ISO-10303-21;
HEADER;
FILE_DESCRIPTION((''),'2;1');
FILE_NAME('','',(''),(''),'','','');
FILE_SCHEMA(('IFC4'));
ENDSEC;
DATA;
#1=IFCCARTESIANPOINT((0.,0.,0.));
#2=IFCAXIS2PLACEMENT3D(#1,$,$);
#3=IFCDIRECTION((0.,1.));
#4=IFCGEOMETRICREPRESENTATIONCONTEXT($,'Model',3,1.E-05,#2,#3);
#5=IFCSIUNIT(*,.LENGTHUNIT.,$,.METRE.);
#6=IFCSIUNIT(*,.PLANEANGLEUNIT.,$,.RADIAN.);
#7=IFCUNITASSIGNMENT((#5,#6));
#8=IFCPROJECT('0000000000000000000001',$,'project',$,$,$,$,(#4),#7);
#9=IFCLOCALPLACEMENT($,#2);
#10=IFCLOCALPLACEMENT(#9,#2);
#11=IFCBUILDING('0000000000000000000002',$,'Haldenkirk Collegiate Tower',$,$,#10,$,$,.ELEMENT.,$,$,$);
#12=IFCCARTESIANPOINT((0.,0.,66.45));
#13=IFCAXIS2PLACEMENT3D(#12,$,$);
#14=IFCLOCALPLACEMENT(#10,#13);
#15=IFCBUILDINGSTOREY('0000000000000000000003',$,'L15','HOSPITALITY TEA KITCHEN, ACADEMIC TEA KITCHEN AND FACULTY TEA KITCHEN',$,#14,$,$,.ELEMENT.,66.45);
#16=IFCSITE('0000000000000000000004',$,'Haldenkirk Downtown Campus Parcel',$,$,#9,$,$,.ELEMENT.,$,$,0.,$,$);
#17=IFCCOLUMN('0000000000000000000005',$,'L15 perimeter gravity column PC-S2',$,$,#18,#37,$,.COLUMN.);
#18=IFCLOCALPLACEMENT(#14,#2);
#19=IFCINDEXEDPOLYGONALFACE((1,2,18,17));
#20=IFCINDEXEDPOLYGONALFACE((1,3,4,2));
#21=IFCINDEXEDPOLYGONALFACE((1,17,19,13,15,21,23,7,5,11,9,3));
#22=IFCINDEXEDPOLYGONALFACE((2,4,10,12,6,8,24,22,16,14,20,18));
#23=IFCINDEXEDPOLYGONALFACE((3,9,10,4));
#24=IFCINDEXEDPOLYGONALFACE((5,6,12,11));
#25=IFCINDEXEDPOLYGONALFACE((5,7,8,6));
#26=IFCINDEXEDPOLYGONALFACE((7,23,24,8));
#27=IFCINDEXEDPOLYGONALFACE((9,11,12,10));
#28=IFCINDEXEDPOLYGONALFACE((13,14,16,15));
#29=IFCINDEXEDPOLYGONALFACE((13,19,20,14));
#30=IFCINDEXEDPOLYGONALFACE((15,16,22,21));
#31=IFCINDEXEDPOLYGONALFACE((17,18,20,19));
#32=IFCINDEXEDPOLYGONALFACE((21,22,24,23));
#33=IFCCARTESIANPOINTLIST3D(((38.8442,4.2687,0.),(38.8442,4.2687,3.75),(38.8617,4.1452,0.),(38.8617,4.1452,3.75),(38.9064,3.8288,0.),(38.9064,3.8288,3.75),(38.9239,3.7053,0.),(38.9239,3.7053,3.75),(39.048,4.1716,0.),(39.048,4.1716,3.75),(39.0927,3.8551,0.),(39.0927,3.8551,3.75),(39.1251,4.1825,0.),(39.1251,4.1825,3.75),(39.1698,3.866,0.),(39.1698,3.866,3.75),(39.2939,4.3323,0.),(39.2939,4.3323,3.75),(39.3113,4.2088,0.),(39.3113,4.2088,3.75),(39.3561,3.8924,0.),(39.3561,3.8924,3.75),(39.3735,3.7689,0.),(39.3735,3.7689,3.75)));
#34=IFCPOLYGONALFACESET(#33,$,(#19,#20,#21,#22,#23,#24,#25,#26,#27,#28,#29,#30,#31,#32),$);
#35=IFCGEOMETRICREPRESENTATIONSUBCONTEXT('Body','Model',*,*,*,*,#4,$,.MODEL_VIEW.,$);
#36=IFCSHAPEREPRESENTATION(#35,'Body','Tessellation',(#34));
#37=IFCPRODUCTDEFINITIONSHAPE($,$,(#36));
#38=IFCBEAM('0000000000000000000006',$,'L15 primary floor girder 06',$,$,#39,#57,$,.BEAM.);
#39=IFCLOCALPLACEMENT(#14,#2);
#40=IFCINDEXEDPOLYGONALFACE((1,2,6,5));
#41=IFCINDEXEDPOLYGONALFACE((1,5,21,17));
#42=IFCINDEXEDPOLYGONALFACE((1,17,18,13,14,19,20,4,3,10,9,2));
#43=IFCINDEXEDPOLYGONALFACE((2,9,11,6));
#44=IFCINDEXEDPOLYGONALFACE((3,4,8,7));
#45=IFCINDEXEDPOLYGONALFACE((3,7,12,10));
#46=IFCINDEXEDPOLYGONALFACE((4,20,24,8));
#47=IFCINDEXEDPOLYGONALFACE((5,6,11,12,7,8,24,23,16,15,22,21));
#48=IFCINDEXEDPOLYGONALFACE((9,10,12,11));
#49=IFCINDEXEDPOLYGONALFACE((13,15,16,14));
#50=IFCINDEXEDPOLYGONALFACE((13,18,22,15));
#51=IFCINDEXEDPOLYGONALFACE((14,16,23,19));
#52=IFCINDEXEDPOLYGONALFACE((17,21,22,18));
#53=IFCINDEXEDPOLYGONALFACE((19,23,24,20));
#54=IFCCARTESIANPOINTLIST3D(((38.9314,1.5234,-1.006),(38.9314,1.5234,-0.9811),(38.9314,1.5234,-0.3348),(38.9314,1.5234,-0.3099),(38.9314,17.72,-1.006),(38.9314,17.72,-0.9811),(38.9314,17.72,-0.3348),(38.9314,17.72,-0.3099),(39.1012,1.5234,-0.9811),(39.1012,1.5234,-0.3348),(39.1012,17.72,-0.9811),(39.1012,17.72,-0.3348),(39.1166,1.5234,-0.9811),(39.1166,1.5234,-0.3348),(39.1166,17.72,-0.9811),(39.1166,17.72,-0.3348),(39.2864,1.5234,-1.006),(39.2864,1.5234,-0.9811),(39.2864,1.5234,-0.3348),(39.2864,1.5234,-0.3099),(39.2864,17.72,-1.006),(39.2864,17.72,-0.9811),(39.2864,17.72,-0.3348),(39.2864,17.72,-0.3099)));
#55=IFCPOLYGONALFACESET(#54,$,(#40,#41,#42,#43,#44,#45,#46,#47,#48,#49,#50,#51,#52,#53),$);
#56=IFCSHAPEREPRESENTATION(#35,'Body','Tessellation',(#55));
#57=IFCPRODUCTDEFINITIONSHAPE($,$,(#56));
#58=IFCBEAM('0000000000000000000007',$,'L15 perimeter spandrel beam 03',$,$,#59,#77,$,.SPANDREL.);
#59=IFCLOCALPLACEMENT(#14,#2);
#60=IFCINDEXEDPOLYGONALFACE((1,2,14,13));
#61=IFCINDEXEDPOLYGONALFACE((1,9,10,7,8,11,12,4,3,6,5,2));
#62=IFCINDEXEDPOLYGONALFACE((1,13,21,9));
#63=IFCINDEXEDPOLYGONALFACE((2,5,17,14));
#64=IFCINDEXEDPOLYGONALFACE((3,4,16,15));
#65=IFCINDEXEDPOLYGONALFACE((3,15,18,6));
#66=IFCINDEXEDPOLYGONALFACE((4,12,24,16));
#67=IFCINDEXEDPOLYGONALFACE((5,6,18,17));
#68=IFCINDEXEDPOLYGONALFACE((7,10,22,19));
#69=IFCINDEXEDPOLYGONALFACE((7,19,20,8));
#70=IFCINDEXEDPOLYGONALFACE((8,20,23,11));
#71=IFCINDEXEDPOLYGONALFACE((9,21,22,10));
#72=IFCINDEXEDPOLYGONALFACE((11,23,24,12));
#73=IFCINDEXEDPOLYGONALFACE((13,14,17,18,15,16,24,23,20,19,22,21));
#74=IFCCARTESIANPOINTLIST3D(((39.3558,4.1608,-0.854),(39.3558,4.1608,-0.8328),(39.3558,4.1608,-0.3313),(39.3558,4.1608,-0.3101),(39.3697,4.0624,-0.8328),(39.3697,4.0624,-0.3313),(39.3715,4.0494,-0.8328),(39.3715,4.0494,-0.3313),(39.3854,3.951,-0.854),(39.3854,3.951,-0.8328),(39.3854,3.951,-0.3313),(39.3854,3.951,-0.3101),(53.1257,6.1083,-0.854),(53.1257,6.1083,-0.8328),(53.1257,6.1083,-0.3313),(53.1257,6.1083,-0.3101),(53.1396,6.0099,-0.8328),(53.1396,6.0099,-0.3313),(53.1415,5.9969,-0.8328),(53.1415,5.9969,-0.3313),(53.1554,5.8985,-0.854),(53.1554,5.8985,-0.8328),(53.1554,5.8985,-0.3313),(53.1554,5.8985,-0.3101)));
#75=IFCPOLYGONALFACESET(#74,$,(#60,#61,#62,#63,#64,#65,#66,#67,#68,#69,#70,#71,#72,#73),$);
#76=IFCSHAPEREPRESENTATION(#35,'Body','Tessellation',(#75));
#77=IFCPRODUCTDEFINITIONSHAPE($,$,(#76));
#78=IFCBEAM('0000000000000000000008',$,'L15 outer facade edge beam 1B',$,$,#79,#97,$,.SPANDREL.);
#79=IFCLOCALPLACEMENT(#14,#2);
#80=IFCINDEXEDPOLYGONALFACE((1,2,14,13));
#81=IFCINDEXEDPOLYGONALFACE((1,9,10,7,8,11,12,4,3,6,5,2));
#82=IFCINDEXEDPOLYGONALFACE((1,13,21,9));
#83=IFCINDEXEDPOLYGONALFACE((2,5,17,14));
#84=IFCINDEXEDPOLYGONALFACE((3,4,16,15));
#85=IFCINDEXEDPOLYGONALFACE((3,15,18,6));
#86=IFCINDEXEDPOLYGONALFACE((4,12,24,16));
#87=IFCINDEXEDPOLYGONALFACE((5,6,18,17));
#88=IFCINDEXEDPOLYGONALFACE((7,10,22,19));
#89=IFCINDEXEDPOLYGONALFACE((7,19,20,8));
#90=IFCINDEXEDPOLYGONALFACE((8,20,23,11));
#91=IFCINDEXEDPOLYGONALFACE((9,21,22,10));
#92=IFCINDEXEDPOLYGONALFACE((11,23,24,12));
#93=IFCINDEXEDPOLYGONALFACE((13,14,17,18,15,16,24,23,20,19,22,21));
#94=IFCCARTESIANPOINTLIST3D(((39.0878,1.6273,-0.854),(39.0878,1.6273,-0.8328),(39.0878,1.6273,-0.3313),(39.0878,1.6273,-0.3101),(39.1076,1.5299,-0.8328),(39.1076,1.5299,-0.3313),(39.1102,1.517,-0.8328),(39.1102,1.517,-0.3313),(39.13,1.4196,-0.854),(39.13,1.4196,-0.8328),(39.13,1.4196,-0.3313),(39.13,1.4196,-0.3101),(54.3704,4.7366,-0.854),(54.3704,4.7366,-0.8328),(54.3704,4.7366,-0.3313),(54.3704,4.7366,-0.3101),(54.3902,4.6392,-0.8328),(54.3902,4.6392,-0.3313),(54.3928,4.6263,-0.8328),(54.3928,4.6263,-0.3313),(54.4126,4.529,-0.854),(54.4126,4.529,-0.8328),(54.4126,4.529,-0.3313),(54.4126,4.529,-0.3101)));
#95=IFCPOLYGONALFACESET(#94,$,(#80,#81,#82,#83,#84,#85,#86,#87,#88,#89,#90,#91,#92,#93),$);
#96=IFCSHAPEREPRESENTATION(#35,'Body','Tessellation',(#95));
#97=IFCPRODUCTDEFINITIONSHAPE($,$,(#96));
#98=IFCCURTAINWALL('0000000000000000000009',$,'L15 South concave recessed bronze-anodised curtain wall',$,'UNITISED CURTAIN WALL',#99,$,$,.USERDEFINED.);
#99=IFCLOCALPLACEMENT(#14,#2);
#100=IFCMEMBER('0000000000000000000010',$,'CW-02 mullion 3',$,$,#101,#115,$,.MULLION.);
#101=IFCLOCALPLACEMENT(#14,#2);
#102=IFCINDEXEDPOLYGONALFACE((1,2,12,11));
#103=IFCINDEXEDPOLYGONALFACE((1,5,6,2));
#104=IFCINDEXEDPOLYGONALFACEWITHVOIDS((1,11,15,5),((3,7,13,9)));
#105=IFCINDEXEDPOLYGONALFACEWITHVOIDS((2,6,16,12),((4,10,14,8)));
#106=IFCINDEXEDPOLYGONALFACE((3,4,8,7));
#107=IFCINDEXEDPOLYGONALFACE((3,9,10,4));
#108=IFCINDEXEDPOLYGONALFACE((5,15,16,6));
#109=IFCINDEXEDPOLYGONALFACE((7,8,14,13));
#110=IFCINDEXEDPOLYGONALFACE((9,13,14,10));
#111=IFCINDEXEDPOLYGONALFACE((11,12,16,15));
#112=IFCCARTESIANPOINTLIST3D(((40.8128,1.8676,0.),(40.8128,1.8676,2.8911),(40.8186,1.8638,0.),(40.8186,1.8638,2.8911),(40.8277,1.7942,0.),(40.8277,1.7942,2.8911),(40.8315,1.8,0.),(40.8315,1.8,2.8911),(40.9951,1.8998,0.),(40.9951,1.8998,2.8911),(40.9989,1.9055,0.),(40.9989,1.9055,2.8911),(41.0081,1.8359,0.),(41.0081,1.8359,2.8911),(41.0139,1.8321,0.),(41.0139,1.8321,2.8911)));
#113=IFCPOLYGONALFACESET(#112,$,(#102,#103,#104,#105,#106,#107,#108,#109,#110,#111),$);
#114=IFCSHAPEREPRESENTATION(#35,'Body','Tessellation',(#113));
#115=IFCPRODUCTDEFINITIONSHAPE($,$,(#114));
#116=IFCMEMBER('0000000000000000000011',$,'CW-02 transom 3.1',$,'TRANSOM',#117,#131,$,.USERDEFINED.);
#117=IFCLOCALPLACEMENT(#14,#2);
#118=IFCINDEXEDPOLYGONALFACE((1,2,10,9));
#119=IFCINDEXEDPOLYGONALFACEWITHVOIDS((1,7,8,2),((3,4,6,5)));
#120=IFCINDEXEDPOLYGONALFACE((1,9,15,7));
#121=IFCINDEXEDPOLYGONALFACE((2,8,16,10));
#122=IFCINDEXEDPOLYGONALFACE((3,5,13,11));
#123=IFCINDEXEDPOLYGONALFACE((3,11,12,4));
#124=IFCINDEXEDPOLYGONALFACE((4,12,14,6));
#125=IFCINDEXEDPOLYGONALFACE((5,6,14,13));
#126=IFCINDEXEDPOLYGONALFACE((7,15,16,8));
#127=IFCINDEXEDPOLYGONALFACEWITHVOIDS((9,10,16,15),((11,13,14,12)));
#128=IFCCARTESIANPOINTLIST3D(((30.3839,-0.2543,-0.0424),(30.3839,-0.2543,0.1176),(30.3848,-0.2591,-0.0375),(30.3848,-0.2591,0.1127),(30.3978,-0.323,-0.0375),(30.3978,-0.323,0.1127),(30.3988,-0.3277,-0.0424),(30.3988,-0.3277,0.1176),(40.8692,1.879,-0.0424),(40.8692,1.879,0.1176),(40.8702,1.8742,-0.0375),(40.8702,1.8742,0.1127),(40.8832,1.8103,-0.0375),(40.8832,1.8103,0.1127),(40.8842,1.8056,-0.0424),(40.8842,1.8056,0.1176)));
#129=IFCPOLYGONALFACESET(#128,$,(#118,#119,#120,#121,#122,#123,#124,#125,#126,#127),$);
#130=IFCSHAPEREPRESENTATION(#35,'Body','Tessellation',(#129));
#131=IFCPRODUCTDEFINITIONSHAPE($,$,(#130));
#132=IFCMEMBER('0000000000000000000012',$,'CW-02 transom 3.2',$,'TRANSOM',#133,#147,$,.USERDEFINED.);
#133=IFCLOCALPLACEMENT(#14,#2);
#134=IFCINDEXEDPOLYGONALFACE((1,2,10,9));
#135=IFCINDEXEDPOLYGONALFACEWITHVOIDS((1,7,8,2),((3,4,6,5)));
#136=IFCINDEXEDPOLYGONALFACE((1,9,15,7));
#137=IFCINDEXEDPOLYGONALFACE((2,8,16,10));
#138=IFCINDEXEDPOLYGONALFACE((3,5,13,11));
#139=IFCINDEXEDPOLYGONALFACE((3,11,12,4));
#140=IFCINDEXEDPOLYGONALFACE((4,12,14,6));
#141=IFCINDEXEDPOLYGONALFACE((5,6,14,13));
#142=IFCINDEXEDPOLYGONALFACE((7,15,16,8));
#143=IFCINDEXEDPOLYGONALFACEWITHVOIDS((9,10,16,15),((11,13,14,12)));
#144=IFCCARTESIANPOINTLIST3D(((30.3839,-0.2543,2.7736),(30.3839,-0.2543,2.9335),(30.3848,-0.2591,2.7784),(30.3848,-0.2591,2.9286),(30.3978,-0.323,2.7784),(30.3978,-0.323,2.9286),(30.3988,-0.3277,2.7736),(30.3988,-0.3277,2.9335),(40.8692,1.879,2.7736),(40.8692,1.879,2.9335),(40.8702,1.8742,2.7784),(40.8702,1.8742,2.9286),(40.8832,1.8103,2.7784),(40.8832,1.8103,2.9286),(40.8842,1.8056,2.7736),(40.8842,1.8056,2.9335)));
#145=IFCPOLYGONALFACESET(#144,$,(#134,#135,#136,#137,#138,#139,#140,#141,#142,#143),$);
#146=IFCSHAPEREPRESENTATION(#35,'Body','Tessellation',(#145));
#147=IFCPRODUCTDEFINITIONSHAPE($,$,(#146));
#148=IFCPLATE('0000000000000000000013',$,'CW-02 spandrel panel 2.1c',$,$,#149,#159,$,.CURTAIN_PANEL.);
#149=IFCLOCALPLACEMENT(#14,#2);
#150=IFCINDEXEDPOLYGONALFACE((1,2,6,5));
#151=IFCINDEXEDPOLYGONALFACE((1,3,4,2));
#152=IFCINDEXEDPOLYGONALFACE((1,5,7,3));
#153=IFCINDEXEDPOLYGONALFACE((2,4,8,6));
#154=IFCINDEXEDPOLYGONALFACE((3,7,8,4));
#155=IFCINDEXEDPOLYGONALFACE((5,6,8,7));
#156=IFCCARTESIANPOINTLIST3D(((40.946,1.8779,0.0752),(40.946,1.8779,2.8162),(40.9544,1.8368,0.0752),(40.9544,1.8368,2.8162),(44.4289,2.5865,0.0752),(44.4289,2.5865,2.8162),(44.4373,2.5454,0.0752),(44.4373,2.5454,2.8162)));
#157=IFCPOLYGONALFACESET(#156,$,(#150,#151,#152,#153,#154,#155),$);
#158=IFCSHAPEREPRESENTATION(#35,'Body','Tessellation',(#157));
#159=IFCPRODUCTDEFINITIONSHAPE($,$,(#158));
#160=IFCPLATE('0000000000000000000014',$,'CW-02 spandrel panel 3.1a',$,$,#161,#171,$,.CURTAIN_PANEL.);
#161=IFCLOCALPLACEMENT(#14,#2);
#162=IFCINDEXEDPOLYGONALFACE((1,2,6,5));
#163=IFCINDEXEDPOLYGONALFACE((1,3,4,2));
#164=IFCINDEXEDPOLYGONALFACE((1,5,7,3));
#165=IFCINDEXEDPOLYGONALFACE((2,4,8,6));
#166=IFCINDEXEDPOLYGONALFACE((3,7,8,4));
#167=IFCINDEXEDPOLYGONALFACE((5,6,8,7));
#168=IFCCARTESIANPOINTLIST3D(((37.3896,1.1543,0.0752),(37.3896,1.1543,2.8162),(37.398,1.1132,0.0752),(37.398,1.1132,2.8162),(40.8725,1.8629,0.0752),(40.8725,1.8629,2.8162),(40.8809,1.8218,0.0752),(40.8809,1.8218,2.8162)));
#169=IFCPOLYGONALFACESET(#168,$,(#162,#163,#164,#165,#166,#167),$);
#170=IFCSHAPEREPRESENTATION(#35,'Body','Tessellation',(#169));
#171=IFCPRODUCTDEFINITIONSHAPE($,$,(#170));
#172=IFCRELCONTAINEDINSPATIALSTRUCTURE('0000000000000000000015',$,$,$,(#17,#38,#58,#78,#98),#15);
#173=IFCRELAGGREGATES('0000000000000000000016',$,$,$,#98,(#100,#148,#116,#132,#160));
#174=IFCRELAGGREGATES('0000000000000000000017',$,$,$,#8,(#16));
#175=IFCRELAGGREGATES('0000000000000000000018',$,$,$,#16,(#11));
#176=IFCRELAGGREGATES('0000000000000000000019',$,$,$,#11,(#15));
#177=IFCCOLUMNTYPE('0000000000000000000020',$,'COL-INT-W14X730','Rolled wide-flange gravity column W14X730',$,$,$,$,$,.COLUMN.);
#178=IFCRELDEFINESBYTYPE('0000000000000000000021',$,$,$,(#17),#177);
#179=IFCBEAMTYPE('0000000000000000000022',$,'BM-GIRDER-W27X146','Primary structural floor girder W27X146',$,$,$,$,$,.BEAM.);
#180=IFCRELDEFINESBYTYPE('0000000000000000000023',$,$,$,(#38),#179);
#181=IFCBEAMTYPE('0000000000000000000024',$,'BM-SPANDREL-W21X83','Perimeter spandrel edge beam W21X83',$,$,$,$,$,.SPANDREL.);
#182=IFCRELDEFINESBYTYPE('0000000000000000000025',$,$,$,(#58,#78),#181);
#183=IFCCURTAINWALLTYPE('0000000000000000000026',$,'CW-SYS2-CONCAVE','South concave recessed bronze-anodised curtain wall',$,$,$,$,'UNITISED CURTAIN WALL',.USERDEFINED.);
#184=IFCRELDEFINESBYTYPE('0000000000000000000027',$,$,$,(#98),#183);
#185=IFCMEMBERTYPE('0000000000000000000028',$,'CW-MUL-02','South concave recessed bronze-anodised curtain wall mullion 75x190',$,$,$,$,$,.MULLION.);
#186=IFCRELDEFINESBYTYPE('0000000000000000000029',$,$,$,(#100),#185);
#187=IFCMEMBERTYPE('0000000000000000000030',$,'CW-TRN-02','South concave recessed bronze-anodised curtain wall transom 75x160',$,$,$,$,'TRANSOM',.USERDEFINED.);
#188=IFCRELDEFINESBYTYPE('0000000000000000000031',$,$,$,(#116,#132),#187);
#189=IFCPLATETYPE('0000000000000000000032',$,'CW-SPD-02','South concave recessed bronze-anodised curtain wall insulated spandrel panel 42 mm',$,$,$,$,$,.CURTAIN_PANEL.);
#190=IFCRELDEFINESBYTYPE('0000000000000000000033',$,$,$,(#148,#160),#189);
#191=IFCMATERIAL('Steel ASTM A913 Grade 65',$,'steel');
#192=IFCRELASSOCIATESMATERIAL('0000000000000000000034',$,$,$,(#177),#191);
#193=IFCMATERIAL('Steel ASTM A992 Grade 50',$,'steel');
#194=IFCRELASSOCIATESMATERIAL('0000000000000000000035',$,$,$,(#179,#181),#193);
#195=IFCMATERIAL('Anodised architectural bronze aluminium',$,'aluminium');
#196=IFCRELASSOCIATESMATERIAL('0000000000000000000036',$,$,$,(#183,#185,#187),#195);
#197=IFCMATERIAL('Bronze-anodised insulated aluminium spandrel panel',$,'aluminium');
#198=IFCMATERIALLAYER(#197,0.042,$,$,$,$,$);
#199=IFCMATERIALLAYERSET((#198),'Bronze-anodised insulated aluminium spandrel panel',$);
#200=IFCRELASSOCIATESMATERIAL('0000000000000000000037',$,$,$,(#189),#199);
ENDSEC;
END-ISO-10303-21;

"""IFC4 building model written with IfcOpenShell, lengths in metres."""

from ifc_helpers import new_model, si_unit, direction, frame, origin, origin_2d, place, context, subcontext, project, spatial, rectangle, hollow_rectangle, i_section, extrude, source, transform, mapped, material, layer, layer_set, material_profile, profile_set, type_object, element, aggregate, save


model = new_model("IFC4")

# Units and contexts
model_context = context("Model", 3, precision=1e-05, world=origin(), true_north=direction((0.0, 1.0)))
body_context = subcontext(model_context, "Body", "Model", "MODEL_VIEW")
ifc_project = project(units=[si_unit("LENGTHUNIT", "METRE"), si_unit("PLANEANGLEUNIT", "RADIAN")], contexts=[model_context])

# Site, building, storey
site_placement = place(None, origin())
site = spatial("IfcSite", under=ifc_project, at=site_placement, Name="Haldenkirk Downtown Campus Parcel", CompositionType="ELEMENT", RefElevation=0.0)
building_placement = place(site_placement, origin())
building = spatial("IfcBuilding", under=site, at=building_placement, Name="Haldenkirk Collegiate Tower", CompositionType="ELEMENT")
storey_placement = place(building_placement, frame((0.0, 0.0, 66.45)))
storey = spatial("IfcBuildingStorey", under=building, at=storey_placement, Name="L15", Description="HOSPITALITY TEA KITCHEN, ACADEMIC TEA KITCHEN AND FACULTY TEA KITCHEN", CompositionType="ELEMENT", Elevation=66.45)

# Column
ifc_material_1 = material(Name="Steel ASTM A913 Grade 65", Category="steel")
ifc_material_profile_1 = material_profile(ifc_material_1, i_section(OverallWidth=0.4541, OverallDepth=0.5691, WebThickness=0.0779, FlangeThickness=0.1248, at=origin_2d()), Name="W14X730")
ifc_profile_set_1 = profile_set([ifc_material_profile_1], Name="Steel ASTM A913 Grade 65")
column_type = type_object("IfcColumnType", Name="COL-INT-W14X730", Description="Rolled wide-flange gravity column W14X730", PredefinedType="COLUMN", material=ifc_profile_set_1)
column_placement = place(storey_placement, frame((39.1089, 4.0188, 0.0), z_axis=(0.0, 0.0, 1.0), x_axis=(0.990146, 0.140037, 0.0)))
element("IfcColumn", 1, at=column_placement, inside=storey, type_object=column_type, Name="L15 perimeter gravity column PC-S2", PredefinedType="COLUMN", context=body_context, shape_type="SweptSolid", body=[
    extrude(i_section(OverallWidth=0.4541, OverallDepth=0.5691, WebThickness=0.0779, FlangeThickness=0.1248, at=origin_2d()), origin(), (0.0, 0.0, 1.0), 3.75),
])

# Beams
ifc_material_2 = material(Name="Steel ASTM A992 Grade 50", Category="steel")
ifc_material_profile_2 = material_profile(ifc_material_2, i_section(OverallWidth=0.355, OverallDepth=0.696, WebThickness=0.0154, FlangeThickness=0.0249, at=origin_2d()), Name="W27X146")
ifc_profile_set_2 = profile_set([ifc_material_profile_2], Name="Steel ASTM A992 Grade 50")
beam_type_1 = type_object("IfcBeamType", Name="BM-GIRDER-W27X146", Description="Primary structural floor girder W27X146", PredefinedType="BEAM", material=ifc_profile_set_2)
beam_1_placement = place(storey_placement, frame((39.1089, 1.5234, -0.658), z_axis=(0.0, 1.0, 0.0), x_axis=(-1.0, 0.0, 0.0)))
element("IfcBeam", 2, at=beam_1_placement, inside=storey, type_object=beam_type_1, Name="L15 primary floor girder 06", PredefinedType="BEAM", context=body_context, shape_type="SweptSolid", body=[
    extrude(i_section(OverallWidth=0.355, OverallDepth=0.696, WebThickness=0.0154, FlangeThickness=0.0249, at=origin_2d()), origin(), (0.0, 0.0, 1.0), 16.1965),
])
ifc_material_profile_3 = material_profile(ifc_material_2, i_section(OverallWidth=0.2119, OverallDepth=0.5439, WebThickness=0.0132, FlangeThickness=0.0212, at=origin_2d()), Name="W21X83")
ifc_profile_set_3 = profile_set([ifc_material_profile_3], Name="Steel ASTM A992 Grade 50")
beam_type_2 = type_object("IfcBeamType", Name="BM-SPANDREL-W21X83", Description="Perimeter spandrel edge beam W21X83", PredefinedType="SPANDREL", material=ifc_profile_set_3)
beam_2_placement = place(storey_placement, frame((39.3706, 4.0559, -0.582), z_axis=(0.990146, 0.140038, 0.0), x_axis=(-0.140038, 0.990146, 0.0)))
element("IfcBeam", 3, at=beam_2_placement, inside=storey, type_object=beam_type_2, Name="L15 perimeter spandrel beam 03", PredefinedType="SPANDREL", context=body_context, shape_type="SweptSolid", body=[
    extrude(i_section(OverallWidth=0.2119, OverallDepth=0.5439, WebThickness=0.0132, FlangeThickness=0.0212, at=origin_2d()), origin(), (0.0, 0.0, 1.0), 13.907),
])
beam_3_placement = place(storey_placement, frame((39.1089, 1.5234, -0.582), z_axis=(0.979924, 0.199372, 0.0), x_axis=(-0.199372, 0.979924, 0.0)))
element("IfcBeam", 4, at=beam_3_placement, inside=storey, type_object=beam_type_2, Name="L15 outer facade edge beam 1B", PredefinedType="SPANDREL", context=body_context, shape_type="SweptSolid", body=[
    extrude(i_section(OverallWidth=0.2119, OverallDepth=0.5439, WebThickness=0.0132, FlangeThickness=0.0212, at=origin_2d()), origin(), (0.0, 0.0, 1.0), 15.5957),
])

# Curtain wall, members, plates
ifc_material_3 = material(Name="Anodised architectural bronze aluminium", Category="aluminium")
curtain_wall_type = type_object("IfcCurtainWallType", Name="CW-SYS2-CONCAVE", Description="South concave recessed bronze-anodised curtain wall", ElementType="UNITISED CURTAIN WALL", PredefinedType="USERDEFINED", material=ifc_material_3)
curtain_wall_placement = place(storey_placement, origin())
curtain_wall = element("IfcCurtainWall", 5, at=curtain_wall_placement, inside=storey, type_object=curtain_wall_type, Name="L15 South concave recessed bronze-anodised curtain wall", ObjectType="UNITISED CURTAIN WALL", PredefinedType="USERDEFINED")
ifc_material_profile_4 = material_profile(ifc_material_3, hollow_rectangle(XDim=0.075, YDim=0.1899, WallThickness=0.0049, at=origin_2d()), Name="CW-MUL-02")
ifc_profile_set_4 = profile_set([ifc_material_profile_4], Name="Anodised architectural bronze aluminium")
member_type_1 = type_object("IfcMemberType", Name="CW-MUL-02", Description="South concave recessed bronze-anodised curtain wall mullion 75x190", PredefinedType="MULLION", material=ifc_profile_set_4)
member_1_placement = place(storey_placement, frame((40.9133, 1.8499, 0.0), z_axis=(0.0, 0.0, 1.0), x_axis=(0.199369, -0.979925, 0.0)))
member_1 = element("IfcMember", 6, at=member_1_placement, type_object=member_type_1, Name="CW-02 mullion 3", PredefinedType="MULLION", context=body_context, shape_type="SweptSolid", body=[
    extrude(hollow_rectangle(XDim=0.075, YDim=0.1899, WallThickness=0.0049, at=origin_2d()), origin(), (0.0, 0.0, 1.0), 2.8911),
])
ifc_material_profile_5 = material_profile(ifc_material_3, hollow_rectangle(XDim=0.075, YDim=0.1599, WallThickness=0.0049, at=origin_2d()), Name="CW-TRN-02")
ifc_profile_set_5 = profile_set([ifc_material_profile_5], Name="Anodised architectural bronze aluminium")
member_type_2 = type_object("IfcMemberType", Name="CW-TRN-02", Description="South concave recessed bronze-anodised curtain wall transom 75x160", ElementType="TRANSOM", PredefinedType="USERDEFINED", material=ifc_profile_set_5)
member_2_placement = place(storey_placement, frame((40.8767, 1.8423, 0.0376), z_axis=(-0.979924, -0.199371, 0.0), x_axis=(0.199371, -0.979924, 0.0)))
member_2 = element("IfcMember", 7, at=member_2_placement, type_object=member_type_2, Name="CW-02 transom 3.1", ObjectType="TRANSOM", PredefinedType="USERDEFINED", context=body_context, shape_type="SweptSolid", body=[
    extrude(hollow_rectangle(XDim=0.075, YDim=0.1599, WallThickness=0.0049, at=origin_2d()), origin(), (0.0, 0.0, 1.0), 10.7002),
])
member_3_placement = place(storey_placement, frame((40.8767, 1.8423, 2.8535), z_axis=(-0.979924, -0.199371, 0.0), x_axis=(0.199371, -0.979924, 0.0)))
member_3 = element("IfcMember", 8, at=member_3_placement, type_object=member_type_2, Name="CW-02 transom 3.2", ObjectType="TRANSOM", PredefinedType="USERDEFINED", context=body_context, shape_type="SweptSolid", body=[
    extrude(hollow_rectangle(XDim=0.075, YDim=0.1599, WallThickness=0.0049, at=origin_2d()), origin(), (0.0, 0.0, 1.0), 10.7002),
])
ifc_material_4 = material(Name="Bronze-anodised insulated aluminium spandrel panel", Category="aluminium")
ifc_layer_1 = layer(ifc_material_4, 0.042)
ifc_layer_set_1 = layer_set([ifc_layer_1], Name="Bronze-anodised insulated aluminium spandrel panel")
plate_type_1 = type_object("IfcPlateType", Name="CW-SPD-02", Description="South concave recessed bronze-anodised curtain wall insulated spandrel panel 42 mm", PredefinedType="CURTAIN_PANEL", material=ifc_layer_set_1)
shared_shape_1 = source(origin(), body_context, "Body", "SweptSolid", [
    extrude(rectangle(XDim=3.5542, YDim=0.042, at=origin_2d()), origin(), (0.0, 0.0, 1.0), 2.741),
])
plate_1_placement = place(storey_placement, frame((42.6917, 2.2117, 0.0752), z_axis=(0.0, 0.0, 1.0), x_axis=(-0.979925, -0.199369, 0.0)))
plate_1 = element("IfcPlate", 9, at=plate_1_placement, type_object=plate_type_1, Name="CW-02 spandrel panel 2.1c", PredefinedType="CURTAIN_PANEL", context=body_context, shape_type="MappedRepresentation", body=[
    mapped(shared_shape_1, transform((0.0, 0.0, 0.0), x_axis=(1.0, 0.0, 0.0), y_axis=(0.0, 1.0, 0.0), z_axis=(0.0, 0.0, 1.0), scale=1.0)),
])
plate_2_placement = place(storey_placement, frame((39.1353, 1.488, 0.0752), z_axis=(0.0, 0.0, 1.0), x_axis=(-0.979925, -0.199369, 0.0)))
plate_2 = element("IfcPlate", 10, at=plate_2_placement, type_object=plate_type_1, Name="CW-02 spandrel panel 3.1a", PredefinedType="CURTAIN_PANEL", context=body_context, shape_type="MappedRepresentation", body=[
    mapped(shared_shape_1, transform((0.0, 0.0, 0.0), x_axis=(1.0, 0.0, 0.0), y_axis=(0.0, 1.0, 0.0), z_axis=(0.0, 0.0, 1.0), scale=1.0)),
])
aggregate(curtain_wall, [member_1, plate_1, member_2, member_3, plate_2])

save(model, "model.ifc")
